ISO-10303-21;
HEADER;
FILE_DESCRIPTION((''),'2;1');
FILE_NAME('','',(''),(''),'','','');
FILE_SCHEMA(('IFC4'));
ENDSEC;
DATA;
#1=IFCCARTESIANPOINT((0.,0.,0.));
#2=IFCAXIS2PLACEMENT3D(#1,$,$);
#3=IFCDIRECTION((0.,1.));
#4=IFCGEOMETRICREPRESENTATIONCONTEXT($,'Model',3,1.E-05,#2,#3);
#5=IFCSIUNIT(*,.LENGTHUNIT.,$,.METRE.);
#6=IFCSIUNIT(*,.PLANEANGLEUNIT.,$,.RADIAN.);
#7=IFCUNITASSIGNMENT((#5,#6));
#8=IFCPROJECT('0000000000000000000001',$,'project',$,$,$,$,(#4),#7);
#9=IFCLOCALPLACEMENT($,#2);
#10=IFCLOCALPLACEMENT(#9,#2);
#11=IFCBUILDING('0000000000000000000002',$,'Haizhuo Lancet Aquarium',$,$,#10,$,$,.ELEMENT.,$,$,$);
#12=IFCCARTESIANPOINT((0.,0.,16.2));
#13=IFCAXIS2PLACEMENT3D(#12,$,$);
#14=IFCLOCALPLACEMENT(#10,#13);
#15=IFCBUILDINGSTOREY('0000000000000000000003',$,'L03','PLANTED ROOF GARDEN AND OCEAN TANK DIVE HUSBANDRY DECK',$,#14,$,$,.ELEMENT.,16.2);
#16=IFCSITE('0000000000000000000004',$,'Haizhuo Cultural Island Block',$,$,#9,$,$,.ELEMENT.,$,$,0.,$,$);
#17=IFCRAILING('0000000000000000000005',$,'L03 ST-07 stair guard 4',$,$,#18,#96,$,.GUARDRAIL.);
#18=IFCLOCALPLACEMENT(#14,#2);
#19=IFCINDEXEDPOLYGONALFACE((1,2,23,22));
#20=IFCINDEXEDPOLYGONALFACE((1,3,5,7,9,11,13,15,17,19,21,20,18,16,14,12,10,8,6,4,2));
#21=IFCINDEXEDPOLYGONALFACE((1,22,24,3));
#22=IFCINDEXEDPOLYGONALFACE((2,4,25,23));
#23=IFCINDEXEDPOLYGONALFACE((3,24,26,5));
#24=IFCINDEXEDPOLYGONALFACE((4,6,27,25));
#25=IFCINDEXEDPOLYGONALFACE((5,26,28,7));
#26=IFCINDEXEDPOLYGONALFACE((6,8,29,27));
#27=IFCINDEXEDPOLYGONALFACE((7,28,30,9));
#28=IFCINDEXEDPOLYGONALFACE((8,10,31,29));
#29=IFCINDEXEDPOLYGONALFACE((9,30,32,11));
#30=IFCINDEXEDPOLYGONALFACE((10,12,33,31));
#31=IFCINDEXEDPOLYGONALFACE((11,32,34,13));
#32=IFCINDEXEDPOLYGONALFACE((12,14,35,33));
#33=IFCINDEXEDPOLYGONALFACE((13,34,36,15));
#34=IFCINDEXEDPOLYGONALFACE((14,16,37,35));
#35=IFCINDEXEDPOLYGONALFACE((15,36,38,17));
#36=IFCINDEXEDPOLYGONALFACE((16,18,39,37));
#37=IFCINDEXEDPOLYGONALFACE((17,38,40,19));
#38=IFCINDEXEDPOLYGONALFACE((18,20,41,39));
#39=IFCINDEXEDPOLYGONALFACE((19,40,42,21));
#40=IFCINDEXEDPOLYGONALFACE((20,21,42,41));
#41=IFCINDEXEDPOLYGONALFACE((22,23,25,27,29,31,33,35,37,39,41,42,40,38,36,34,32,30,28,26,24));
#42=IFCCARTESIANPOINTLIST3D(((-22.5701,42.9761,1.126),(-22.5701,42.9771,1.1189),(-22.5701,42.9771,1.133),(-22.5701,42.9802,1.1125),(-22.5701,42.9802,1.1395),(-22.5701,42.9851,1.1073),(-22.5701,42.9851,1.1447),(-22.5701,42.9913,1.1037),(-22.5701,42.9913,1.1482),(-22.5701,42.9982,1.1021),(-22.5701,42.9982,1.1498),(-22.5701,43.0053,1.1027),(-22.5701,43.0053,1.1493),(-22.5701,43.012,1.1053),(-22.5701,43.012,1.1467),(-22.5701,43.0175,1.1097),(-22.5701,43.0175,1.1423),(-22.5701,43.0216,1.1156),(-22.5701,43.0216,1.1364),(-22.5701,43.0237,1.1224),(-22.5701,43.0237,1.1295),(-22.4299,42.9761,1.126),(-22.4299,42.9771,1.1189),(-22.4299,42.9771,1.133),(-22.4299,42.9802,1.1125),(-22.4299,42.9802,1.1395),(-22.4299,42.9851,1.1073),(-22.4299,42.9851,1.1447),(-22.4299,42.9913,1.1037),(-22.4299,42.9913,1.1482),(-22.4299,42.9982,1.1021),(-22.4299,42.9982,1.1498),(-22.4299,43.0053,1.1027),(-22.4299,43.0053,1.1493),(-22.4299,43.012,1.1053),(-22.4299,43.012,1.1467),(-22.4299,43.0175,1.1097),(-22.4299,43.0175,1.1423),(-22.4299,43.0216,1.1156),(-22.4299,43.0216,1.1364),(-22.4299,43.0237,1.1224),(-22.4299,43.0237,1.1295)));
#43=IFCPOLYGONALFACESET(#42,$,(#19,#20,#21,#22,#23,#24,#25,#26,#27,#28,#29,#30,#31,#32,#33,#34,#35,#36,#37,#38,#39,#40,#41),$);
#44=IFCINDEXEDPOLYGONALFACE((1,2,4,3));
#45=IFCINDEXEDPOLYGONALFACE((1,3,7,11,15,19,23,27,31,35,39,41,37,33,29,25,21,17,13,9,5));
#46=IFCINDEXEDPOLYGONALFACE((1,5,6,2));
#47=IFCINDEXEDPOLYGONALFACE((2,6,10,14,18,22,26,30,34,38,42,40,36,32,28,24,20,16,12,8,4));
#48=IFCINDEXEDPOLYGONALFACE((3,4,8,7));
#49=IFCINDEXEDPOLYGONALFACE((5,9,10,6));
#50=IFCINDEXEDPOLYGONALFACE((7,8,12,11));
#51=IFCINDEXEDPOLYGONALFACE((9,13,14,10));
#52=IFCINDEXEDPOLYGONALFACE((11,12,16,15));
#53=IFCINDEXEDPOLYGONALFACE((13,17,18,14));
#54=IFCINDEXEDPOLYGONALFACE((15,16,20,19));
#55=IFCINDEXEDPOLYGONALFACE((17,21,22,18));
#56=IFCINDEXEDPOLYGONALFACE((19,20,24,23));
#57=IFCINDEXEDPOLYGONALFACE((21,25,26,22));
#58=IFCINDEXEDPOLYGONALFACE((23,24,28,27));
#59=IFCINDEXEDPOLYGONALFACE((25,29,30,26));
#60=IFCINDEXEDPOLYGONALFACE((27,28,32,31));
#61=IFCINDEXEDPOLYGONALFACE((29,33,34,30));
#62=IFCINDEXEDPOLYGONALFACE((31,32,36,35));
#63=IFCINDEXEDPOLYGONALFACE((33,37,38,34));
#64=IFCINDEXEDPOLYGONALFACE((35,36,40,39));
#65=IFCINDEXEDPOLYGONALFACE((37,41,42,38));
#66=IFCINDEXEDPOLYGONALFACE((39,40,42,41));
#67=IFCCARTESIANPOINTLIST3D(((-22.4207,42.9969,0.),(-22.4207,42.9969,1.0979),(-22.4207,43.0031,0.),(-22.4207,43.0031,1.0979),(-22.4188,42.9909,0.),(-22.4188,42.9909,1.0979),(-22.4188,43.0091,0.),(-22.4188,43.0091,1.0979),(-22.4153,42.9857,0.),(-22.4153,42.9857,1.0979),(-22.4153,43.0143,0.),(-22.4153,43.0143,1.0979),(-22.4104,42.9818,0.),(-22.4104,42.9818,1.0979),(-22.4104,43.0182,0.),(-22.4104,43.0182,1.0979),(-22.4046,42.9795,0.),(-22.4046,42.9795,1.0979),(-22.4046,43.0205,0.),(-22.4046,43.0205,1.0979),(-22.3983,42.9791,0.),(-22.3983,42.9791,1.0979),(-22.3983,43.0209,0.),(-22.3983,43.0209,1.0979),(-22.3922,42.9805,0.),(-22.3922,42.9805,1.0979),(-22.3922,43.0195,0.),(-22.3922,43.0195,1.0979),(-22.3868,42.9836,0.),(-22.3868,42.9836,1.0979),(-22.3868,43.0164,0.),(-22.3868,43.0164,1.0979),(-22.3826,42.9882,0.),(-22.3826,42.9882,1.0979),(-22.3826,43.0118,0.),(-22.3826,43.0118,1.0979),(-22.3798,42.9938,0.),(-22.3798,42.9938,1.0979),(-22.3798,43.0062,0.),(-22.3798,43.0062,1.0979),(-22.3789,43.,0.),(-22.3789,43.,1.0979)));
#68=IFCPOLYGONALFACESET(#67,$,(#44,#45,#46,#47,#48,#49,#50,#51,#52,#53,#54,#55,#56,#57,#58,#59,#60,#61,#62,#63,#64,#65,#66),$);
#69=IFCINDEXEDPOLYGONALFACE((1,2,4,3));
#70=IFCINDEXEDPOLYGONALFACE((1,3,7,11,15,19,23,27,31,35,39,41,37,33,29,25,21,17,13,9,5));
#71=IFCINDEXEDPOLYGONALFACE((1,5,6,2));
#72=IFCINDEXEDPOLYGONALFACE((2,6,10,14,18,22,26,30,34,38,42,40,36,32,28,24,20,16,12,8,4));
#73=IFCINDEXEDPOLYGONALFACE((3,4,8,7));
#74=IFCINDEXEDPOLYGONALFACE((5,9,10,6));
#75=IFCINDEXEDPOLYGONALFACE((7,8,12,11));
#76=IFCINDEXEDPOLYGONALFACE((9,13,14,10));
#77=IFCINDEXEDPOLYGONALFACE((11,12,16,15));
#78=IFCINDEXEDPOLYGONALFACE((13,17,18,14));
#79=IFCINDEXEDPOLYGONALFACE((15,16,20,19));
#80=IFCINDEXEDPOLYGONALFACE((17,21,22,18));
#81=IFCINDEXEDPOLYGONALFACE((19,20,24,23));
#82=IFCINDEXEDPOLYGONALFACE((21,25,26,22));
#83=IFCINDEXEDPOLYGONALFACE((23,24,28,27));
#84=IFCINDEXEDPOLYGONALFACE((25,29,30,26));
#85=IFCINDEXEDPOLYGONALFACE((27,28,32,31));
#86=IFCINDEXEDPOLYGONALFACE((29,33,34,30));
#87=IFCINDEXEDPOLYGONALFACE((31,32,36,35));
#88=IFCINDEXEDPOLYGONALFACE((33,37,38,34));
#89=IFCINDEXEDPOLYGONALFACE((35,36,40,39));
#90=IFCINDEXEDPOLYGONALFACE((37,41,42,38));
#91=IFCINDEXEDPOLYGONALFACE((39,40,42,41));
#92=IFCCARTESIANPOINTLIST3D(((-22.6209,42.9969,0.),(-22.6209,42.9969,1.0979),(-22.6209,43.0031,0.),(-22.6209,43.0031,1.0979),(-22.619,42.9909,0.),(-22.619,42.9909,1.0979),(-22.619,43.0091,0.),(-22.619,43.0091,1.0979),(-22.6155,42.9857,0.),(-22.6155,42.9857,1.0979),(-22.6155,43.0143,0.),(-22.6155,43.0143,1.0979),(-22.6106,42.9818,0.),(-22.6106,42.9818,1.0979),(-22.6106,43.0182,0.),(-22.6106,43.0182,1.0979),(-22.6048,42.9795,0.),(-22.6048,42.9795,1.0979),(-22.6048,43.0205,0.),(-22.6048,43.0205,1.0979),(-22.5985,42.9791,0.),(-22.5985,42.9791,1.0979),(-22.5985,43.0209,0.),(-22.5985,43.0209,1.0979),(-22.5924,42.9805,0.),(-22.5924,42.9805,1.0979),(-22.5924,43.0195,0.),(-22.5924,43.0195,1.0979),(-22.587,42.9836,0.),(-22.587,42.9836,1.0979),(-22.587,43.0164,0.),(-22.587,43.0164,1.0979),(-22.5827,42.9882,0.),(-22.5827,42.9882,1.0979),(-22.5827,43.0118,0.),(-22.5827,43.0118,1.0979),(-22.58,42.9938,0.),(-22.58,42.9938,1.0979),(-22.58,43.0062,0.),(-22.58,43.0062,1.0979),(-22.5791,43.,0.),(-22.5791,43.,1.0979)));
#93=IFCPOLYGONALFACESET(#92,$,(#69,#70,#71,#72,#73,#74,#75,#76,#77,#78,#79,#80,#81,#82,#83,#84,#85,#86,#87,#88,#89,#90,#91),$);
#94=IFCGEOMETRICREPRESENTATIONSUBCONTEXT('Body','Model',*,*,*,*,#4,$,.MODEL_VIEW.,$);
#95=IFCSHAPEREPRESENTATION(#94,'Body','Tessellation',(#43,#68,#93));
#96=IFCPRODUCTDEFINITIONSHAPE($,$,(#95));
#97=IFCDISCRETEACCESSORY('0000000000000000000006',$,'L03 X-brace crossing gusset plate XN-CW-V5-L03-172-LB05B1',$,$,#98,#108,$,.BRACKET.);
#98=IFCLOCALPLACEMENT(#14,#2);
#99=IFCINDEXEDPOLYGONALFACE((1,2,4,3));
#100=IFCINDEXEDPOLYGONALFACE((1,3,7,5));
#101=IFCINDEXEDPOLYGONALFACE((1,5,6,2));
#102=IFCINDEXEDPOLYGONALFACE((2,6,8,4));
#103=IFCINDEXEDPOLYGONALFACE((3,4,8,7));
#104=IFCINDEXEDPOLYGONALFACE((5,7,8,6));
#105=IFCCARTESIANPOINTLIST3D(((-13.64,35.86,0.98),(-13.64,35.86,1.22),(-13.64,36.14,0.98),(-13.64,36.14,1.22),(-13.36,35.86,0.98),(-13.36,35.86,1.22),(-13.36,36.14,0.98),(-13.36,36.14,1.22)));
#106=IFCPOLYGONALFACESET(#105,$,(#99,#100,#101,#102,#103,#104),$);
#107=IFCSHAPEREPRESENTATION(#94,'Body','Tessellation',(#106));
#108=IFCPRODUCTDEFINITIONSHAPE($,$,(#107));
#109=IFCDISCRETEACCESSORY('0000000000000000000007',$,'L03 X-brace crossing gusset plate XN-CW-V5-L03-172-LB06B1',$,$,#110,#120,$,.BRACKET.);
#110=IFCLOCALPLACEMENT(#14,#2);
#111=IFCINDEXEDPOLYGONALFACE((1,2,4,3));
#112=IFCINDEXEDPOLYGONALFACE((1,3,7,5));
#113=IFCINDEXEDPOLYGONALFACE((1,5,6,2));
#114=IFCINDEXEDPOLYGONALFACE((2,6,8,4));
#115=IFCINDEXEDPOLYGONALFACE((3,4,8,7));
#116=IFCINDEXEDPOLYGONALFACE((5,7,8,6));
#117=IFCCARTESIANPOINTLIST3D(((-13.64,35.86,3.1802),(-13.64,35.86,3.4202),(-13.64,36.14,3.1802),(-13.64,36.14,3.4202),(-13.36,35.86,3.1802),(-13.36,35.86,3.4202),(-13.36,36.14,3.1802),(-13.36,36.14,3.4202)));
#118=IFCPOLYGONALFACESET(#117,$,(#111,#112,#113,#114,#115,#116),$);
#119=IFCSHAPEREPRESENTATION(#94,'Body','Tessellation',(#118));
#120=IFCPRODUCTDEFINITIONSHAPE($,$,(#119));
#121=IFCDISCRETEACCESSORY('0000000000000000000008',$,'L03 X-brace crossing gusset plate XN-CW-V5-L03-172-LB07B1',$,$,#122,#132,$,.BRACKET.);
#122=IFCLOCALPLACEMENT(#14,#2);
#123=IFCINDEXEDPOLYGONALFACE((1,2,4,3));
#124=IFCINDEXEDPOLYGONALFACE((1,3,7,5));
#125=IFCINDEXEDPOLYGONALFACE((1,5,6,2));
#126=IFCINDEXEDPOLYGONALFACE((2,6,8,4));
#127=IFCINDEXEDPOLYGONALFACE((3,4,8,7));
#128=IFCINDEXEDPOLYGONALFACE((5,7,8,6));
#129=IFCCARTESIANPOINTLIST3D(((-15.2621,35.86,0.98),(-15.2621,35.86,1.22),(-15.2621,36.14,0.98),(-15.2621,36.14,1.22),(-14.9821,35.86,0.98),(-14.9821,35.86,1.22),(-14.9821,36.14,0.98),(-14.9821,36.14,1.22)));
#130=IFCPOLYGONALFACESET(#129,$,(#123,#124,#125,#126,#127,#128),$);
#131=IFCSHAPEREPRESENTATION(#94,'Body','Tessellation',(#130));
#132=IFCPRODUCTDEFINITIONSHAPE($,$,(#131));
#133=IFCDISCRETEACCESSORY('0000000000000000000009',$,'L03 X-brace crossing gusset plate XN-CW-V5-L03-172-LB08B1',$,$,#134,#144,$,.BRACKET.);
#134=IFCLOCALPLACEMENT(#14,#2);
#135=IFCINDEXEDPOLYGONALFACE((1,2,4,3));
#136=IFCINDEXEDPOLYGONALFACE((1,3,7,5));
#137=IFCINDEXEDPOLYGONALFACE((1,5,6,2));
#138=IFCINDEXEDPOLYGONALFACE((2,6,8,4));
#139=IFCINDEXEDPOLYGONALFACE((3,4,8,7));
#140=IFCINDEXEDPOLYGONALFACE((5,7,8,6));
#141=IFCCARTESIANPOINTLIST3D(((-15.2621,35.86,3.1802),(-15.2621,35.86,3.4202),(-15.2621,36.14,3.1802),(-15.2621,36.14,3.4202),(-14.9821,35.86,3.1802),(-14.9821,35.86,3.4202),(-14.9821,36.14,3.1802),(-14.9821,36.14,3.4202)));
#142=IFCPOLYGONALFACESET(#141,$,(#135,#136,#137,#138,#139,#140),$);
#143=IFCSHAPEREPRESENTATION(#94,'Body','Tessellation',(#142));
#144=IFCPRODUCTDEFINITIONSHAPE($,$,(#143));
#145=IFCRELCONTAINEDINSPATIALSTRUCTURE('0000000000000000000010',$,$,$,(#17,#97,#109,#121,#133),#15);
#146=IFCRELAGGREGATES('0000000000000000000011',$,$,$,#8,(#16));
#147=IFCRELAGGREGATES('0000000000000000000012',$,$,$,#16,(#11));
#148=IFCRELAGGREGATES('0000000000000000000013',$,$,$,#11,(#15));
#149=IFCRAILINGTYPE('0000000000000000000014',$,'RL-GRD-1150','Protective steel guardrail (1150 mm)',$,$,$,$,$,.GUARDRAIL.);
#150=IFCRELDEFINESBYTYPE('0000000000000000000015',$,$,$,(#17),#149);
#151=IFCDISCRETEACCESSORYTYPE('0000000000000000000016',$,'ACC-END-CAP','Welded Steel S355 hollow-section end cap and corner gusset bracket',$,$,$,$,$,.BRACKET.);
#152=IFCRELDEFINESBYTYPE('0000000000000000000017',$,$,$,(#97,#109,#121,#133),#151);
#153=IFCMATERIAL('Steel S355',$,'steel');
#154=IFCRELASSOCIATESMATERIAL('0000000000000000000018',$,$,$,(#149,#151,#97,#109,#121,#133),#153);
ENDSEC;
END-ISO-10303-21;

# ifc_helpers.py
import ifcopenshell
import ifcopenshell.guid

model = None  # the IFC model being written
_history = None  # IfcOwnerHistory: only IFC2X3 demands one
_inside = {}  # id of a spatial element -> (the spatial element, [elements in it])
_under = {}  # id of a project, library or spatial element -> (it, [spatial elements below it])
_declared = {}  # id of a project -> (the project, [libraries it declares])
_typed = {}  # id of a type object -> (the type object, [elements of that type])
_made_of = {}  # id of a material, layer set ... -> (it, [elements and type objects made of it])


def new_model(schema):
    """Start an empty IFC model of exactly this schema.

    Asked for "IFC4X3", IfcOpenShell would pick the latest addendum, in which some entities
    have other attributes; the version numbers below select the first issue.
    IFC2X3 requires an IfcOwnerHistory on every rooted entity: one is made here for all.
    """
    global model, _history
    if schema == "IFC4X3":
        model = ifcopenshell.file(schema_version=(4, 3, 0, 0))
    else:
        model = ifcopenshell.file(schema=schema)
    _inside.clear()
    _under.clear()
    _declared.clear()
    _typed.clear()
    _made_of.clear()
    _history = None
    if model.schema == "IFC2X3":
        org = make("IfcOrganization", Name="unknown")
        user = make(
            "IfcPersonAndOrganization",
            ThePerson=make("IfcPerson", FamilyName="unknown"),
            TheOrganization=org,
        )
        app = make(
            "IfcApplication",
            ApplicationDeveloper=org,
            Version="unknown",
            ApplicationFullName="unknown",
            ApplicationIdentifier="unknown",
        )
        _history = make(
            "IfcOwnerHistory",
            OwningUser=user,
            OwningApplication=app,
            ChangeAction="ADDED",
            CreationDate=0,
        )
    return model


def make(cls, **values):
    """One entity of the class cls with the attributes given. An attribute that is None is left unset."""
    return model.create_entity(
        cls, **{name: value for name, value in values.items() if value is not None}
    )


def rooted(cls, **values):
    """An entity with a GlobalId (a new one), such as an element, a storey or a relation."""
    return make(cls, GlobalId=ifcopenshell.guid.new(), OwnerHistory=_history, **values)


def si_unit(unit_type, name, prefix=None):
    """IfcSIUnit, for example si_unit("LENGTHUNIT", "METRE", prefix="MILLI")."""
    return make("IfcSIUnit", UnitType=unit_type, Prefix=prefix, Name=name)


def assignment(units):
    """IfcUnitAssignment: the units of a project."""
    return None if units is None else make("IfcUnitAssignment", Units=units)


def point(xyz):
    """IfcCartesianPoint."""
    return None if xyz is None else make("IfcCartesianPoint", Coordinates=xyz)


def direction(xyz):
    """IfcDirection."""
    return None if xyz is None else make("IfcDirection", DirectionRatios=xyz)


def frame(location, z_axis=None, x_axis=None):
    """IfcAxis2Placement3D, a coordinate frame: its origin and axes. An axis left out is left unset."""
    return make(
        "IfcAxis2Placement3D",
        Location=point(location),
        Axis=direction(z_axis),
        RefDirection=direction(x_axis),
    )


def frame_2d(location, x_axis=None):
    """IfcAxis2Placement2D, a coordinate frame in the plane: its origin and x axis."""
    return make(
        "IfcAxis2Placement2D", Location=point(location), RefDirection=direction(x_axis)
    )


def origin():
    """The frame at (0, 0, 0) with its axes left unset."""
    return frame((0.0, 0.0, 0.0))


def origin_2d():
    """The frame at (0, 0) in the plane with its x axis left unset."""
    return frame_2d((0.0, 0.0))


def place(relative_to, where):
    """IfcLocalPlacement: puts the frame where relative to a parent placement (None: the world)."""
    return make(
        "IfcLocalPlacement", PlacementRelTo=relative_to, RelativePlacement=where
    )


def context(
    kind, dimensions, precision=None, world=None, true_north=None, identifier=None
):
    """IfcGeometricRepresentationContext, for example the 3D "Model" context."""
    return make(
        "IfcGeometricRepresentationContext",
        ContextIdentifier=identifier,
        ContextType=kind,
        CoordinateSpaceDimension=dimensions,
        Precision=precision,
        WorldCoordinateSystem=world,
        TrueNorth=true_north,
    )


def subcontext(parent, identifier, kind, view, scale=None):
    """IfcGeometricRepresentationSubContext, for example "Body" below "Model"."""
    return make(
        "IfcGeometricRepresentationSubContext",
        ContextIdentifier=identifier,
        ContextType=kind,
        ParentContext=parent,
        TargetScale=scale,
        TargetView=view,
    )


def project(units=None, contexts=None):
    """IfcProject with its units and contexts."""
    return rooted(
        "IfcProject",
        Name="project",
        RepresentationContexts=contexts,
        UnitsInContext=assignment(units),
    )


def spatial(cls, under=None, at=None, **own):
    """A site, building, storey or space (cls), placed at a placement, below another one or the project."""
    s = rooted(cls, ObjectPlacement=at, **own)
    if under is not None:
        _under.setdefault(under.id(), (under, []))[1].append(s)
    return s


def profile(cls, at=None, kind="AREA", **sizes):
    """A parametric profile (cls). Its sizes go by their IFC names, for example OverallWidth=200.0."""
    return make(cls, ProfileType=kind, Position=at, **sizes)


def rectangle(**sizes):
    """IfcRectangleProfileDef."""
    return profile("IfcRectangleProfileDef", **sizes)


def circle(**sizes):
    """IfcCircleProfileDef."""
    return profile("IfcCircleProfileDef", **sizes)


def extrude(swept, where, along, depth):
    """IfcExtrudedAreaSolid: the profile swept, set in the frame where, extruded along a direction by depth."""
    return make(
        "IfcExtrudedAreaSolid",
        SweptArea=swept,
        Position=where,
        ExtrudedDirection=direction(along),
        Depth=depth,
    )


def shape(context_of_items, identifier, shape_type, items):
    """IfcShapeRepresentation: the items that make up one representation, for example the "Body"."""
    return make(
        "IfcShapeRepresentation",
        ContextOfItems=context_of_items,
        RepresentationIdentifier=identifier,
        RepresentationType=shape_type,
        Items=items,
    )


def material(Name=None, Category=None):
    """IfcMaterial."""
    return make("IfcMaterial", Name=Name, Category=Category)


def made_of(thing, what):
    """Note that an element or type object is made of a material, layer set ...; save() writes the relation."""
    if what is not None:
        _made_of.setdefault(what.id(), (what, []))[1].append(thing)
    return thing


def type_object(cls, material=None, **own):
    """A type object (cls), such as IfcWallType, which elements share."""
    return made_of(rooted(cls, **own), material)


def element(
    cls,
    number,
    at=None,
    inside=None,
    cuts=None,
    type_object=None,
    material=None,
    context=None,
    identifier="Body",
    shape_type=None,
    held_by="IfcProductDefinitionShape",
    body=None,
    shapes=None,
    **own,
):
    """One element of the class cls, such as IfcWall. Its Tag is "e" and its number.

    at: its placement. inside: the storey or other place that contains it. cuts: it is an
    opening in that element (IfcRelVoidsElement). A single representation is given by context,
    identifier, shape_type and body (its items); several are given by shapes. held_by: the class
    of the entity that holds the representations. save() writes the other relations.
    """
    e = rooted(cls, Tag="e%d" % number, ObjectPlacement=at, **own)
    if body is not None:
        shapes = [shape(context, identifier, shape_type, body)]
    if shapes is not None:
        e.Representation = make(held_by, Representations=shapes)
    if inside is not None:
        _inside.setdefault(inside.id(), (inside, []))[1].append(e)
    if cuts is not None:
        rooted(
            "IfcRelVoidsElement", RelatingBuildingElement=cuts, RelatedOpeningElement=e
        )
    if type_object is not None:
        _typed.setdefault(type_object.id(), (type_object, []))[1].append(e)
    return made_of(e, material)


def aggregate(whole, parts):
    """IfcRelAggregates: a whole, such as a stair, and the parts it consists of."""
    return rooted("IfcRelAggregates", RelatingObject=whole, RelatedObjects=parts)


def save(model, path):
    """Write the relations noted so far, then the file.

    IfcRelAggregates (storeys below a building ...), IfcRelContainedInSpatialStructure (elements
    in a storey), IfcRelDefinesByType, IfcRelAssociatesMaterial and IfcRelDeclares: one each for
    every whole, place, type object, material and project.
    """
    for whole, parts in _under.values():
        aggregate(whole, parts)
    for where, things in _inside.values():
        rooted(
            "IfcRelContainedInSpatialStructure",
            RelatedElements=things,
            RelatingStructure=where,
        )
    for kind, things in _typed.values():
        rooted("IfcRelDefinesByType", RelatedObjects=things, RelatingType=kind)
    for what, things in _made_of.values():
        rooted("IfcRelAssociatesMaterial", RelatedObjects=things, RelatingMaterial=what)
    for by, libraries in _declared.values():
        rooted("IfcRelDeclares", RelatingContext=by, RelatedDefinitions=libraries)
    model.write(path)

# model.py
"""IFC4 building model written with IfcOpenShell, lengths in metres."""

from ifc_helpers import new_model, si_unit, direction, frame, origin, origin_2d, place, context, subcontext, project, spatial, rectangle, circle, extrude, material, type_object, element, save


model = new_model("IFC4")

# Units and contexts
model_context = context("Model", 3, precision=1e-05, world=origin(), true_north=direction((0.0, 1.0)))
body_context = subcontext(model_context, "Body", "Model", "MODEL_VIEW")
ifc_project = project(units=[si_unit("LENGTHUNIT", "METRE"), si_unit("PLANEANGLEUNIT", "RADIAN")], contexts=[model_context])

# Site, building, storey
site_placement = place(None, origin())
site = spatial("IfcSite", under=ifc_project, at=site_placement, Name="Haizhuo Cultural Island Block", CompositionType="ELEMENT", RefElevation=0.0)
building_placement = place(site_placement, origin())
building = spatial("IfcBuilding", under=site, at=building_placement, Name="Haizhuo Lancet Aquarium", CompositionType="ELEMENT")
storey_placement = place(building_placement, frame((0.0, 0.0, 16.2)))
storey = spatial("IfcBuildingStorey", under=building, at=storey_placement, Name="L03", Description="PLANTED ROOF GARDEN AND OCEAN TANK DIVE HUSBANDRY DECK", CompositionType="ELEMENT", Elevation=16.2)

# Shared definitions
ifc_material_1 = material(Name="Steel S355", Category="steel")

# Railing
railing_type = type_object("IfcRailingType", Name="RL-GRD-1150", Description="Protective steel guardrail (1150 mm)", PredefinedType="GUARDRAIL", material=ifc_material_1)
railing_1_placement = place(storey_placement, frame((-22.3999, 43.0, 0.0)))
element("IfcRailing", 1, at=railing_1_placement, inside=storey, type_object=railing_type, Name="L03 ST-07 stair guard 4", PredefinedType="GUARDRAIL", context=body_context, shape_type="SweptSolid", body=[
    extrude(circle(Radius=0.0239, at=origin_2d()), frame((-0.03, 0.0, 1.126), z_axis=(-1.0, 0.0, 0.0), x_axis=(0.0, -1.0, 0.0)), (0.0, 0.0, 1.0), 0.1401),
    extrude(circle(Radius=0.021, at=origin_2d()), origin(), (0.0, 0.0, 1.0), 1.0979),
    extrude(circle(Radius=0.021, at=origin_2d()), frame((-0.2002, 0.0, 0.0)), (0.0, 0.0, 1.0), 1.0979),
])

# Discrete accessories
discrete_accessory_type = type_object("IfcDiscreteAccessoryType", Name="ACC-END-CAP", Description="Welded Steel S355 hollow-section end cap and corner gusset bracket", PredefinedType="BRACKET", material=ifc_material_1)
for number, where, z_axis, x_axis, name in (
    (2, (-13.5, 36.0, 0.98), (0.0, 0.0, 1.0), (1.0, 0.0, 0.0), "L03 X-brace crossing gusset plate XN-CW-V5-L03-172-LB05B1"),
    (3, (-13.5, 36.0, 3.1802), (0.0, 0.0, 1.0), (1.0, 0.0, 0.0), "L03 X-brace crossing gusset plate XN-CW-V5-L03-172-LB06B1"),
    (4, (-15.1221, 36.0, 0.98), (0.0, 0.0, 1.0), (1.0, 0.0, 0.0), "L03 X-brace crossing gusset plate XN-CW-V5-L03-172-LB07B1"),
    (5, (-15.1221, 36.0, 3.1802), (0.0, 0.0, 1.0), (1.0, 0.0, 0.0), "L03 X-brace crossing gusset plate XN-CW-V5-L03-172-LB08B1"),
):
    element("IfcDiscreteAccessory", number, at=place(storey_placement, frame(where, z_axis=z_axis, x_axis=x_axis)), inside=storey, type_object=discrete_accessory_type, material=ifc_material_1, Name=name, PredefinedType="BRACKET", context=body_context, shape_type="SweptSolid", body=[
        extrude(rectangle(XDim=0.28, YDim=0.28, at=origin_2d()), origin(), (0.0, 0.0, 1.0), 0.24),
    ])

save(model, "model.ifc")
